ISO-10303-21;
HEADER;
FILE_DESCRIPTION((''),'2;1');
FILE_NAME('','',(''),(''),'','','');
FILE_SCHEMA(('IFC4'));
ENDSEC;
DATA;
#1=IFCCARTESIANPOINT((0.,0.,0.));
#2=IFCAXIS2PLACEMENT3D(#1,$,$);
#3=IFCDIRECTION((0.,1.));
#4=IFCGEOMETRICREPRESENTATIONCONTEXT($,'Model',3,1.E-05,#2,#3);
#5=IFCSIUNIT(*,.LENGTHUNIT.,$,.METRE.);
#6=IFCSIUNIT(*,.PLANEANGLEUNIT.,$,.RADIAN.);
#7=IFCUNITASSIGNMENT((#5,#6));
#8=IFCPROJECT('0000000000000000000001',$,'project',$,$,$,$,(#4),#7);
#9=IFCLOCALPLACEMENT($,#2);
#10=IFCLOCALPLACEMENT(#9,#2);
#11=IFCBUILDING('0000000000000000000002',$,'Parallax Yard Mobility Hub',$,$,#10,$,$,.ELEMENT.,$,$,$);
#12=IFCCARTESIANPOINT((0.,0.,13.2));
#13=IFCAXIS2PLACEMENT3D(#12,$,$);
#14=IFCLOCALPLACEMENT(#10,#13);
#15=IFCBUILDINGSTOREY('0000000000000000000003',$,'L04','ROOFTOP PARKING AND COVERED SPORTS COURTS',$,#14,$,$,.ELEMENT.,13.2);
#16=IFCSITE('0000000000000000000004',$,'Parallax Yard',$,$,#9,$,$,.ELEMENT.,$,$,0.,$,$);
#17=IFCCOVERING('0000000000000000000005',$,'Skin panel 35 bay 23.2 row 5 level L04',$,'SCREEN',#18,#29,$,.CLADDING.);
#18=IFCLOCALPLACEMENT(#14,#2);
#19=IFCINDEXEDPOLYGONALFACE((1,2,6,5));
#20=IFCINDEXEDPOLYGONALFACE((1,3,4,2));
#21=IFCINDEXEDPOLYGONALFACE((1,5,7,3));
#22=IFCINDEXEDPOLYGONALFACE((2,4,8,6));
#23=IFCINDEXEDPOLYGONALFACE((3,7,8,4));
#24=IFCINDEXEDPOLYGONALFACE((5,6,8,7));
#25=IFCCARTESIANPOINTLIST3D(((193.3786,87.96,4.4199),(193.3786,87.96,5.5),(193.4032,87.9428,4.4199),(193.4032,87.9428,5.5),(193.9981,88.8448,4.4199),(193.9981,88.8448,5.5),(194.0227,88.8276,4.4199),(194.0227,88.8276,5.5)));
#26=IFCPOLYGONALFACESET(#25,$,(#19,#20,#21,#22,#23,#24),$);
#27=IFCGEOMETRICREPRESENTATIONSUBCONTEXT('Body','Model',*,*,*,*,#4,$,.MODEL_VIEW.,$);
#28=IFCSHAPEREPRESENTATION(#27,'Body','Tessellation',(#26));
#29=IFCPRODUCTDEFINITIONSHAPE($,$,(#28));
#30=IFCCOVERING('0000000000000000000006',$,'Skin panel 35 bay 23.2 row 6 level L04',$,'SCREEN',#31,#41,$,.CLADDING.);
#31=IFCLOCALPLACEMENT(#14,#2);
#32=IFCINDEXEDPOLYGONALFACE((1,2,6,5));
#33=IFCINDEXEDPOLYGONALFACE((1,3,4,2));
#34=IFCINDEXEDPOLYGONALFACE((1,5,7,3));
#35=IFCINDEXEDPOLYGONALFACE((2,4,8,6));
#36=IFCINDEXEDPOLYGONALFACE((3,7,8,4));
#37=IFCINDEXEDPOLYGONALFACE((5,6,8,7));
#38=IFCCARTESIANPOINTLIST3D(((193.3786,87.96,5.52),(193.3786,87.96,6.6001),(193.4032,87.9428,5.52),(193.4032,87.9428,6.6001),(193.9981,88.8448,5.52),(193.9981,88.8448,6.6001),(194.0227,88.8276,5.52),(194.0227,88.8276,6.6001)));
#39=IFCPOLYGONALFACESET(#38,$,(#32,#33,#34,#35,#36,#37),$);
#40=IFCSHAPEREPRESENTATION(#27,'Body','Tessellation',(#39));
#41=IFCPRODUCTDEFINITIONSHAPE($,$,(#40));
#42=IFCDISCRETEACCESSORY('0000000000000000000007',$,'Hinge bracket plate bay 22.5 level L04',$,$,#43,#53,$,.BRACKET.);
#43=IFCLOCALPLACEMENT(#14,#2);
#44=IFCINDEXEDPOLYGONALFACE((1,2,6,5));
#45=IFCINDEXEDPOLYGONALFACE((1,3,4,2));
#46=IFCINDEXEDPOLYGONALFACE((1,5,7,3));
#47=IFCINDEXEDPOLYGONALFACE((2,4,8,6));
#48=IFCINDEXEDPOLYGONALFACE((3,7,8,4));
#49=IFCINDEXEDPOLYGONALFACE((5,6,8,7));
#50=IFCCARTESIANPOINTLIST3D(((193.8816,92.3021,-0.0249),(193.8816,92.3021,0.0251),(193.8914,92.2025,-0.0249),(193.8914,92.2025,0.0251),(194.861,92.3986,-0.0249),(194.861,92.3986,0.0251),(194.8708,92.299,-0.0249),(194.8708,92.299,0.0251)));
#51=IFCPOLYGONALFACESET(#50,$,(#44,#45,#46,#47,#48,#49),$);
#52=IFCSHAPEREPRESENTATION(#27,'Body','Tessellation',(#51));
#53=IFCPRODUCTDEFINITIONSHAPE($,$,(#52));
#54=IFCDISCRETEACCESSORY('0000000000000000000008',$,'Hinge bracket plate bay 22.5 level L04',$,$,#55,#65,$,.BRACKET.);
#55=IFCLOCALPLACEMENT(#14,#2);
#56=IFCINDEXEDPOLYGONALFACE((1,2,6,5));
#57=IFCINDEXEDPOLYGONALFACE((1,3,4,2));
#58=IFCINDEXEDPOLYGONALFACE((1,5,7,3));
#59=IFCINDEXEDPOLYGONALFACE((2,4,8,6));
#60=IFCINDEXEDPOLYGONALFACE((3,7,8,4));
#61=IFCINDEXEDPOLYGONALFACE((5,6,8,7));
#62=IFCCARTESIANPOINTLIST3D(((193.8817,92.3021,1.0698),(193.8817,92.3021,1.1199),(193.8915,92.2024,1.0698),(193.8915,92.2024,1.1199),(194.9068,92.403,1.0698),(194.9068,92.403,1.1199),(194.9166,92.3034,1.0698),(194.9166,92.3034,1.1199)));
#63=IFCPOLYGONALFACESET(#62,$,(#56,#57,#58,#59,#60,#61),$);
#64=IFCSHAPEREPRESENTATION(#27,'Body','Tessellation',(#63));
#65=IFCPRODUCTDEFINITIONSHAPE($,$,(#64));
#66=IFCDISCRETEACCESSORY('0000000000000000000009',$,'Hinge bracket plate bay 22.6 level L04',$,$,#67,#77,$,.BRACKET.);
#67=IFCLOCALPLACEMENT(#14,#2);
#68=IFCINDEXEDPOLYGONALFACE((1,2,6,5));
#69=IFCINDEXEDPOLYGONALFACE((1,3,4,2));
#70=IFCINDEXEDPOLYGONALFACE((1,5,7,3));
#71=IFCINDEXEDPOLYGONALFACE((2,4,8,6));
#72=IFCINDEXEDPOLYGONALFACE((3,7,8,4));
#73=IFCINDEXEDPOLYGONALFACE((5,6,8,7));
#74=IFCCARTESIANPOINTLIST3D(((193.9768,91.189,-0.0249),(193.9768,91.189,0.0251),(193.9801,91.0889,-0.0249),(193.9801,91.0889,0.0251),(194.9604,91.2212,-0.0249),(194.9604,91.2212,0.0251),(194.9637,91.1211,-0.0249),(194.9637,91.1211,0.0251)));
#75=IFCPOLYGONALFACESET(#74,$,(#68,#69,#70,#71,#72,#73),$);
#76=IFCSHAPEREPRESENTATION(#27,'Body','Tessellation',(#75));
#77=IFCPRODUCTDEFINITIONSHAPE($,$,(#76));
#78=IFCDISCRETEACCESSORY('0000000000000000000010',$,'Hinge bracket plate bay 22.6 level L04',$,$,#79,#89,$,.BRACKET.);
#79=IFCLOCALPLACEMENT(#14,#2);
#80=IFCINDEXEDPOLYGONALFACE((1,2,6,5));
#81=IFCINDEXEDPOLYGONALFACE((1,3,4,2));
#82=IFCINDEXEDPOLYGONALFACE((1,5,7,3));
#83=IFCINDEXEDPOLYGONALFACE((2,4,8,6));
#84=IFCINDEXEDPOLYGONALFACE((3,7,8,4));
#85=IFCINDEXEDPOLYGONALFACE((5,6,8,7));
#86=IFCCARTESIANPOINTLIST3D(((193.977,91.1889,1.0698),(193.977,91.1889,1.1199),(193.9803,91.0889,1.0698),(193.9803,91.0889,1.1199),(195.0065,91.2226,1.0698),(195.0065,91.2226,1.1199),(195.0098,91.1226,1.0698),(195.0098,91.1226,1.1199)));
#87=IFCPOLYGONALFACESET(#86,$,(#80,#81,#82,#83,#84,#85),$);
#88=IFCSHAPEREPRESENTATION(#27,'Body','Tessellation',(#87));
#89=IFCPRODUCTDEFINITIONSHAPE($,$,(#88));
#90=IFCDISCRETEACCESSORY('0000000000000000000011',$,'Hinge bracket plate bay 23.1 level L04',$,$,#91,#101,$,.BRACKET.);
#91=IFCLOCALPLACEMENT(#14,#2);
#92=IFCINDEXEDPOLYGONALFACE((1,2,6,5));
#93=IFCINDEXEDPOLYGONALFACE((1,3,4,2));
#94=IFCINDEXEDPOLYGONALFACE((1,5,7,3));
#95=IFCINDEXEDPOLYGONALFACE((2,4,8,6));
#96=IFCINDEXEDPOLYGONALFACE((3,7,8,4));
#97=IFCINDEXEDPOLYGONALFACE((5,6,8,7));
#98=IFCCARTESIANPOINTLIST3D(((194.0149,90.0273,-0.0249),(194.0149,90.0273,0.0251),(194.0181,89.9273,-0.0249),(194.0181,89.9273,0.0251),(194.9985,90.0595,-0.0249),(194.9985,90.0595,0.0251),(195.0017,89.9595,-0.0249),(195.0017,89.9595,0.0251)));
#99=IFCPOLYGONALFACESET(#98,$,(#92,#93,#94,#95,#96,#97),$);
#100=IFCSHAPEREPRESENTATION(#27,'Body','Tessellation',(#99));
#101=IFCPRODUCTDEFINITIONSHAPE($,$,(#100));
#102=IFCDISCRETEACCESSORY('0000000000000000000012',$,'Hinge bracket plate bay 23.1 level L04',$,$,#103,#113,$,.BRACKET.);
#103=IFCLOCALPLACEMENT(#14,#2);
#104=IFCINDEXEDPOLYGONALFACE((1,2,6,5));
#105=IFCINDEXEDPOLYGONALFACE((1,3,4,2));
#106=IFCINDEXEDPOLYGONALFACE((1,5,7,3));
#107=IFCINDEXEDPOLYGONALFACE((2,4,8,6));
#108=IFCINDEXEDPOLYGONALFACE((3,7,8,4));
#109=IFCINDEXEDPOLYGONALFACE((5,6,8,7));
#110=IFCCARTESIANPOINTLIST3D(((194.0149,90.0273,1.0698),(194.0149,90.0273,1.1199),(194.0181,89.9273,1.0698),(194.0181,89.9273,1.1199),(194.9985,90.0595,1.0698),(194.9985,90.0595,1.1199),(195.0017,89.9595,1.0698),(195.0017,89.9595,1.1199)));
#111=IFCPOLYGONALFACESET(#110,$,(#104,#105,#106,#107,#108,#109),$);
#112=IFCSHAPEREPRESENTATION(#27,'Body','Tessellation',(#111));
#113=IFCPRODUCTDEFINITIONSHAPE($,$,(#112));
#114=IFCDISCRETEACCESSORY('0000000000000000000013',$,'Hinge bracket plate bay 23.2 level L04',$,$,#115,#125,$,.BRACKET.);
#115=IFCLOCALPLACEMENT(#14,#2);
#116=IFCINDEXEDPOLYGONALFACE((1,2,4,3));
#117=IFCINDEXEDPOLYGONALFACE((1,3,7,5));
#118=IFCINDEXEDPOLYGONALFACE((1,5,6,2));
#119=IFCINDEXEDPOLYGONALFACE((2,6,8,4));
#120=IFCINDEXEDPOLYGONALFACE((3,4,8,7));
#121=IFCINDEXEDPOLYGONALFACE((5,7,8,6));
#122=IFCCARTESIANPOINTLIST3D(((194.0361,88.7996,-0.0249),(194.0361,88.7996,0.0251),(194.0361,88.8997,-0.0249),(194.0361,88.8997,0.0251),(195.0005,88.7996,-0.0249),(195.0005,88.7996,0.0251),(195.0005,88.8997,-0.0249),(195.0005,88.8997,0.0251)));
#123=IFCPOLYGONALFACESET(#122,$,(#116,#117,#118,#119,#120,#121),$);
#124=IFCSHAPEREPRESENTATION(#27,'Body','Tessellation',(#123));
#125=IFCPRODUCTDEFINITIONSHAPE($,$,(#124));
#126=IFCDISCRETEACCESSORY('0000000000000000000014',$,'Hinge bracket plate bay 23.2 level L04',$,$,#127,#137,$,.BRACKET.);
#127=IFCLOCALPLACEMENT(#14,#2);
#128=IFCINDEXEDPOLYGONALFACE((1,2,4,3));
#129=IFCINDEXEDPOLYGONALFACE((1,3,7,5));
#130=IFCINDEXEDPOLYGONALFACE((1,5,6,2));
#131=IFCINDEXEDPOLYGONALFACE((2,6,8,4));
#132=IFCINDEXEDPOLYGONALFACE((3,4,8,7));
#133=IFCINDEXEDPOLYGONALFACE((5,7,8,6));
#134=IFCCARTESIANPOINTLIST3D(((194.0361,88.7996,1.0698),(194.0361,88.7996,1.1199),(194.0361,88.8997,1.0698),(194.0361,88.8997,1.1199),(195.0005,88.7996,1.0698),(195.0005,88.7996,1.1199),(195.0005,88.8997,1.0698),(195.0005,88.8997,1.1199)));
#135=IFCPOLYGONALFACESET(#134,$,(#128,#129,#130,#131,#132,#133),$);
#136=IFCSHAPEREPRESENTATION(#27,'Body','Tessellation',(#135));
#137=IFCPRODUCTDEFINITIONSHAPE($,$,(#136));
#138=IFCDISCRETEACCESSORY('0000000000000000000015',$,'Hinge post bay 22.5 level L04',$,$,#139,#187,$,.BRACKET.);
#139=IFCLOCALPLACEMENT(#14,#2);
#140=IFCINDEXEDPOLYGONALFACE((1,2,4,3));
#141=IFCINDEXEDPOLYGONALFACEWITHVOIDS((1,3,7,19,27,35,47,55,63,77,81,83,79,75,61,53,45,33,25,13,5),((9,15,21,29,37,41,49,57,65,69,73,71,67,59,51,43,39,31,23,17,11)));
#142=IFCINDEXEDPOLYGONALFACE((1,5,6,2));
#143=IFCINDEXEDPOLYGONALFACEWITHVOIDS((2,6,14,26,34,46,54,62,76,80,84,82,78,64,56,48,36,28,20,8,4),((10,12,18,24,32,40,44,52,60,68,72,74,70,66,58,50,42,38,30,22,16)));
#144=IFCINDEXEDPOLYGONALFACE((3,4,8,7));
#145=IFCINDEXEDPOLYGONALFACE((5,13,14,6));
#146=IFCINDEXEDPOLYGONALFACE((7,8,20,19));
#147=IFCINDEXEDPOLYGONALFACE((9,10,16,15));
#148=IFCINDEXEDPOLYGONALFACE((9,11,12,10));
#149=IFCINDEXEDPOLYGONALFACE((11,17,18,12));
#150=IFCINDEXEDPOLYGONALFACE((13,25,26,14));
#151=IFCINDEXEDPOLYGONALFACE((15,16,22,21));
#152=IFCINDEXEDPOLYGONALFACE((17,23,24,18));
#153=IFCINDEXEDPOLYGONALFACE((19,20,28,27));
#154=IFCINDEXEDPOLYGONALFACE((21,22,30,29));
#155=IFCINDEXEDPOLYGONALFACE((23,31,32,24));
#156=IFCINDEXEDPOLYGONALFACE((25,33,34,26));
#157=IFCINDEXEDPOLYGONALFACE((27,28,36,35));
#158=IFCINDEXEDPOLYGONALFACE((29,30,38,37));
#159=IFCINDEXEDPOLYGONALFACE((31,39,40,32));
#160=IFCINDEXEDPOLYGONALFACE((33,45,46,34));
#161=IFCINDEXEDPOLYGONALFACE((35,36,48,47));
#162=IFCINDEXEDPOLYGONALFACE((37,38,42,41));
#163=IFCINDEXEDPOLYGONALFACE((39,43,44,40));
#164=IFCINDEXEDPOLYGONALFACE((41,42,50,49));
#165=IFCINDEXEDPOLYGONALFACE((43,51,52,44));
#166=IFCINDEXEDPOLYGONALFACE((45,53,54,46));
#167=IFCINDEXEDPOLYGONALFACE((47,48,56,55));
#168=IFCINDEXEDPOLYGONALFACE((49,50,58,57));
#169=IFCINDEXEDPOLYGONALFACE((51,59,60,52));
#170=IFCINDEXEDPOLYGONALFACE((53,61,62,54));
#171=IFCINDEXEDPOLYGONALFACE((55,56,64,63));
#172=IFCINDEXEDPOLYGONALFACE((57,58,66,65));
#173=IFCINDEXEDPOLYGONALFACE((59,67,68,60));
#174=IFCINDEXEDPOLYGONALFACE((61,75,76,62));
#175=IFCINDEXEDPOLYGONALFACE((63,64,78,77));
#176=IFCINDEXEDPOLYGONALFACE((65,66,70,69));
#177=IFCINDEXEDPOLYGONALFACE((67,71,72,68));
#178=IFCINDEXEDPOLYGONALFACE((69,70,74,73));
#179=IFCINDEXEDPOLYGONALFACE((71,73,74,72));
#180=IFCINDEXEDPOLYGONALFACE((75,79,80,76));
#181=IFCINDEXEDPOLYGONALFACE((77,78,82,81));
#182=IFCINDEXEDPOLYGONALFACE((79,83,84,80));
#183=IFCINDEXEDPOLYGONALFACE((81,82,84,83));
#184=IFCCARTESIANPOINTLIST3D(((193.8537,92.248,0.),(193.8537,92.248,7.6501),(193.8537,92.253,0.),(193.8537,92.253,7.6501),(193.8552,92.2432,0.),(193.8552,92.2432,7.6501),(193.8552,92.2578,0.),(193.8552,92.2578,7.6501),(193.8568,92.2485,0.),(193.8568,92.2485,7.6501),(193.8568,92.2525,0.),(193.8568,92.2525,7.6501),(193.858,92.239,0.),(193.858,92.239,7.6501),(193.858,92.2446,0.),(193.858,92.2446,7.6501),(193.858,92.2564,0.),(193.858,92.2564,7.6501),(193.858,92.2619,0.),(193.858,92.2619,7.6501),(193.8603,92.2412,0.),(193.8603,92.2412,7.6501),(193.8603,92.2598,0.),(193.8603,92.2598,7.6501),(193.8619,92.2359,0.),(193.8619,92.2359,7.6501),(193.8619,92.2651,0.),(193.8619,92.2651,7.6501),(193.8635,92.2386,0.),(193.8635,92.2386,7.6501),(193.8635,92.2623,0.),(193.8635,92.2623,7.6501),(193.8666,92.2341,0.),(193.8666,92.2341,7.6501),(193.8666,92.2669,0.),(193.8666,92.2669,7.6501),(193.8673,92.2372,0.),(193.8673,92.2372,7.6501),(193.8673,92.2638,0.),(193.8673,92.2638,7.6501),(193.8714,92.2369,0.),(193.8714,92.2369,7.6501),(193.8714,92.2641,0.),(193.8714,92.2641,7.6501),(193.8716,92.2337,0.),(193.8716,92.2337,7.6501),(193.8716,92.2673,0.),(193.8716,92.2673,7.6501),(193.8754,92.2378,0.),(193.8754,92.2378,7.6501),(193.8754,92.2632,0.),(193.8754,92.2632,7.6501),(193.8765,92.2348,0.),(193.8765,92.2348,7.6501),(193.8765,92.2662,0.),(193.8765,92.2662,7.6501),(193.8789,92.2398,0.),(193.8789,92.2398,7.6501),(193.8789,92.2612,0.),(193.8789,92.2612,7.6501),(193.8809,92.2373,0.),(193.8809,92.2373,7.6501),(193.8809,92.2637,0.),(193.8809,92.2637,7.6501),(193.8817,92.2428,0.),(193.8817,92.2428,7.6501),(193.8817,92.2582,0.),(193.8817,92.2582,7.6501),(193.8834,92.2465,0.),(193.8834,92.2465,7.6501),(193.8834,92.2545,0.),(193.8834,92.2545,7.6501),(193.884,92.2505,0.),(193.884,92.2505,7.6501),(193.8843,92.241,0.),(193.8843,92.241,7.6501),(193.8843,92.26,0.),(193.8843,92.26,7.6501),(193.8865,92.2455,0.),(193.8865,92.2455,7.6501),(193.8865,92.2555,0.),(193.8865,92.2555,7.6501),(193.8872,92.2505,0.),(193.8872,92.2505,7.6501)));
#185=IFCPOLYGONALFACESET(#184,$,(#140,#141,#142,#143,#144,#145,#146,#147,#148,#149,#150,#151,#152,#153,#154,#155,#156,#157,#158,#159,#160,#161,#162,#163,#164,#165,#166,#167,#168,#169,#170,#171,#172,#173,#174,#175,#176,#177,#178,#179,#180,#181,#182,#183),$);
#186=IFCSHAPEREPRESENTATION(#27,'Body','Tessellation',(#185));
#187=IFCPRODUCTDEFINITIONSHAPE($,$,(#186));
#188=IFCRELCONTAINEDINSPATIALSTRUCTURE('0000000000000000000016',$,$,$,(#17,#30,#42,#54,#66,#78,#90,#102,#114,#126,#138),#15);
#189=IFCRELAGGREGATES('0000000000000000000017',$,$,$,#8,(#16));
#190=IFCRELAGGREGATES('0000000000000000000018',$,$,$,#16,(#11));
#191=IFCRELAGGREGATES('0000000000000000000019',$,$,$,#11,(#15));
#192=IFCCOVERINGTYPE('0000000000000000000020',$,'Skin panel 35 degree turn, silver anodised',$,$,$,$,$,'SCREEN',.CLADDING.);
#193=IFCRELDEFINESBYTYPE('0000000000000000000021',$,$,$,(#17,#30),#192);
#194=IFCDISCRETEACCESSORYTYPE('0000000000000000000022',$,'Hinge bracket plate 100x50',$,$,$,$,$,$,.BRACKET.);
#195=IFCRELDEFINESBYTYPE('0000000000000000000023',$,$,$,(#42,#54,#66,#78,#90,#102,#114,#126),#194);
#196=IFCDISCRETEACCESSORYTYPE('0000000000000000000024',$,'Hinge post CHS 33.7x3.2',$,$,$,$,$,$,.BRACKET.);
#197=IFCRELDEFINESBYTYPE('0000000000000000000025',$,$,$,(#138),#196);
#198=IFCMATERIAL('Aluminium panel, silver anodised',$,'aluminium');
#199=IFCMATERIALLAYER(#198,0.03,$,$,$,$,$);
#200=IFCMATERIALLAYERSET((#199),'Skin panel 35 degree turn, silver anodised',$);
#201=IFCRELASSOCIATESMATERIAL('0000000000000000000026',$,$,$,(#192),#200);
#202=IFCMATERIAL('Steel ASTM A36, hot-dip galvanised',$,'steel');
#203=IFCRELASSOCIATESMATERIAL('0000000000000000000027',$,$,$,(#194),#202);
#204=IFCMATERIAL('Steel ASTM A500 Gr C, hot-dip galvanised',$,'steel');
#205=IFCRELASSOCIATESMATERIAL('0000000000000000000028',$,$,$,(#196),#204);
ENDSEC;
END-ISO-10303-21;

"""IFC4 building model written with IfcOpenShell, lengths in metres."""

from ifc_helpers import new_model, si_unit, direction, frame, origin, origin_2d, place, context, subcontext, project, spatial, rectangle, hollow_circle, extrude, material, layer, layer_set, material_profile, profile_set, type_object, element, save


model = new_model("IFC4")

# Units and contexts
model_context = context("Model", 3, precision=1e-05, world=origin(), true_north=direction((0.0, 1.0)))
body_context = subcontext(model_context, "Body", "Model", "MODEL_VIEW")
ifc_project = project(units=[si_unit("LENGTHUNIT", "METRE"), si_unit("PLANEANGLEUNIT", "RADIAN")], contexts=[model_context])

# Site, building, storey
site_placement = place(None, origin())
site = spatial("IfcSite", under=ifc_project, at=site_placement, Name="Parallax Yard", CompositionType="ELEMENT", RefElevation=0.0)
building_placement = place(site_placement, origin())
building = spatial("IfcBuilding", under=site, at=building_placement, Name="Parallax Yard Mobility Hub", CompositionType="ELEMENT")
storey_placement = place(building_placement, frame((0.0, 0.0, 13.2)))
storey = spatial("IfcBuildingStorey", under=building, at=storey_placement, Name="L04", Description="ROOFTOP PARKING AND COVERED SPORTS COURTS", CompositionType="ELEMENT", Elevation=13.2)

# Coverings
ifc_material_1 = material(Name="Aluminium panel, silver anodised", Category="aluminium")
ifc_layer_1 = layer(ifc_material_1, 0.03)
ifc_layer_set_1 = layer_set([ifc_layer_1], Name="Skin panel 35 degree turn, silver anodised")
covering_type_1 = type_object("IfcCoveringType", Name="Skin panel 35 degree turn, silver anodised", ElementType="SCREEN", PredefinedType="CLADDING", material=ifc_layer_set_1)
for number, where, z_axis, x_axis, name in (
    (1, (193.7007, 88.3938, 4.4199), (0.0, 0.0, 1.0), (-0.573576, -0.819152, 0.0), "Skin panel 35 bay 23.2 row 5 level L04"),
    (2, (193.7007, 88.3938, 5.52), (0.0, 0.0, 1.0), (-0.573576, -0.819152, 0.0), "Skin panel 35 bay 23.2 row 6 level L04"),
):
    element("IfcCovering", number, at=place(storey_placement, frame(where, z_axis=z_axis, x_axis=x_axis)), inside=storey, type_object=covering_type_1, Name=name, ObjectType="SCREEN", PredefinedType="CLADDING", context=body_context, shape_type="SweptSolid", body=[
        extrude(rectangle(XDim=1.0801, YDim=0.03, at=origin_2d()), origin(), (0.0, 0.0, 1.0), 1.0801),
    ])

# Discrete accessories
ifc_material_2 = material(Name="Steel ASTM A36, hot-dip galvanised", Category="steel")
discrete_accessory_type_1 = type_object("IfcDiscreteAccessoryType", Name="Hinge bracket plate 100x50", PredefinedType="BRACKET", material=ifc_material_2)
discrete_accessory_1_placement = place(storey_placement, frame((194.3762, 92.3005, -0.0249), z_axis=(0.0, 0.0, 1.0), x_axis=(-0.995185, -0.098017, 0.0)))
element("IfcDiscreteAccessory", 3, at=discrete_accessory_1_placement, inside=storey, type_object=discrete_accessory_type_1, Name="Hinge bracket plate bay 22.5 level L04", PredefinedType="BRACKET", context=body_context, shape_type="SweptSolid", body=[
    extrude(rectangle(XDim=0.9841, YDim=0.1001, at=origin_2d()), origin(), (0.0, 0.0, 1.0), 0.05),
])
discrete_accessory_2_placement = place(storey_placement, frame((194.3992, 92.3027, 1.0698), z_axis=(0.0, 0.0, 1.0), x_axis=(-0.995185, -0.098017, 0.0)))
element("IfcDiscreteAccessory", 4, at=discrete_accessory_2_placement, inside=storey, type_object=discrete_accessory_type_1, Name="Hinge bracket plate bay 22.5 level L04", PredefinedType="BRACKET", context=body_context, shape_type="SweptSolid", body=[
    extrude(rectangle(XDim=1.03, YDim=0.1001, at=origin_2d()), origin(), (0.0, 0.0, 1.0), 0.05),
])
discrete_accessory_3_placement = place(storey_placement, frame((194.4702, 91.155, -0.0249), z_axis=(0.0, 0.0, 1.0), x_axis=(-0.999465, -0.032719, 0.0)))
element("IfcDiscreteAccessory", 5, at=discrete_accessory_3_placement, inside=storey, type_object=discrete_accessory_type_1, Name="Hinge bracket plate bay 22.6 level L04", PredefinedType="BRACKET", context=body_context, shape_type="SweptSolid", body=[
    extrude(rectangle(XDim=0.9841, YDim=0.1001, at=origin_2d()), origin(), (0.0, 0.0, 1.0), 0.05),
])
discrete_accessory_4_placement = place(storey_placement, frame((194.4934, 91.1558, 1.0698), z_axis=(0.0, 0.0, 1.0), x_axis=(-0.999465, -0.032719, 0.0)))
element("IfcDiscreteAccessory", 6, at=discrete_accessory_4_placement, inside=storey, type_object=discrete_accessory_type_1, Name="Hinge bracket plate bay 22.6 level L04", PredefinedType="BRACKET", context=body_context, shape_type="SweptSolid", body=[
    extrude(rectangle(XDim=1.03, YDim=0.1001, at=origin_2d()), origin(), (0.0, 0.0, 1.0), 0.05),
])
for number, where, z_axis, x_axis, name in (
    (7, (194.5083, 89.9934, -0.0249), (0.0, 0.0, 1.0), (-0.999465, -0.032719, 0.0), "Hinge bracket plate bay 23.1 level L04"),
    (8, (194.5083, 89.9934, 1.0698), (0.0, 0.0, 1.0), (-0.999465, -0.032719, 0.0), "Hinge bracket plate bay 23.1 level L04"),
):
    element("IfcDiscreteAccessory", number, at=place(storey_placement, frame(where, z_axis=z_axis, x_axis=x_axis)), inside=storey, type_object=discrete_accessory_type_1, Name=name, PredefinedType="BRACKET", context=body_context, shape_type="SweptSolid", body=[
        extrude(rectangle(XDim=0.9841, YDim=0.1001, at=origin_2d()), origin(), (0.0, 0.0, 1.0), 0.05),
    ])
for number, where, z_axis, x_axis, name in (
    (9, (194.5183, 88.8496, -0.0249), (0.0, 0.0, 1.0), (-1.0, 0.0, 0.0), "Hinge bracket plate bay 23.2 level L04"),
    (10, (194.5183, 88.8496, 1.0698), (0.0, 0.0, 1.0), (-1.0, 0.0, 0.0), "Hinge bracket plate bay 23.2 level L04"),
):
    element("IfcDiscreteAccessory", number, at=place(storey_placement, frame(where, z_axis=z_axis, x_axis=x_axis)), inside=storey, type_object=discrete_accessory_type_1, Name=name, PredefinedType="BRACKET", context=body_context, shape_type="SweptSolid", body=[
        extrude(rectangle(XDim=0.9644, YDim=0.1001, at=origin_2d()), origin(), (0.0, 0.0, 1.0), 0.05),
    ])
ifc_material_3 = material(Name="Steel ASTM A500 Gr C, hot-dip galvanised", Category="steel")
ifc_material_profile = material_profile(ifc_material_3, hollow_circle(Radius=0.0168, WallThickness=0.0032, at=origin_2d()), Name="CHS 33.7x3.2")
ifc_profile_set = profile_set([ifc_material_profile], Name="Steel ASTM A500 Gr C, hot-dip galvanised")
discrete_accessory_type_2 = type_object("IfcDiscreteAccessoryType", Name="Hinge post CHS 33.7x3.2", PredefinedType="BRACKET", material=ifc_profile_set)
for number, where, z_axis, x_axis, name in (
    (11, (193.8704, 92.2505, 0.0), (0.0, 0.0, 1.0), (1.0, 0.0, 0.0), "Hinge post bay 22.5 level L04"),
):
    element("IfcDiscreteAccessory", number, at=place(storey_placement, frame(where, z_axis=z_axis, x_axis=x_axis)), inside=storey, type_object=discrete_accessory_type_2, Name=name, PredefinedType="BRACKET", context=body_context, shape_type="SweptSolid", body=[
        extrude(hollow_circle(Radius=0.0168, WallThickness=0.0032, at=origin_2d()), origin(), (0.0, 0.0, 1.0), 7.6501),
    ])

save(model, "model.ifc")
